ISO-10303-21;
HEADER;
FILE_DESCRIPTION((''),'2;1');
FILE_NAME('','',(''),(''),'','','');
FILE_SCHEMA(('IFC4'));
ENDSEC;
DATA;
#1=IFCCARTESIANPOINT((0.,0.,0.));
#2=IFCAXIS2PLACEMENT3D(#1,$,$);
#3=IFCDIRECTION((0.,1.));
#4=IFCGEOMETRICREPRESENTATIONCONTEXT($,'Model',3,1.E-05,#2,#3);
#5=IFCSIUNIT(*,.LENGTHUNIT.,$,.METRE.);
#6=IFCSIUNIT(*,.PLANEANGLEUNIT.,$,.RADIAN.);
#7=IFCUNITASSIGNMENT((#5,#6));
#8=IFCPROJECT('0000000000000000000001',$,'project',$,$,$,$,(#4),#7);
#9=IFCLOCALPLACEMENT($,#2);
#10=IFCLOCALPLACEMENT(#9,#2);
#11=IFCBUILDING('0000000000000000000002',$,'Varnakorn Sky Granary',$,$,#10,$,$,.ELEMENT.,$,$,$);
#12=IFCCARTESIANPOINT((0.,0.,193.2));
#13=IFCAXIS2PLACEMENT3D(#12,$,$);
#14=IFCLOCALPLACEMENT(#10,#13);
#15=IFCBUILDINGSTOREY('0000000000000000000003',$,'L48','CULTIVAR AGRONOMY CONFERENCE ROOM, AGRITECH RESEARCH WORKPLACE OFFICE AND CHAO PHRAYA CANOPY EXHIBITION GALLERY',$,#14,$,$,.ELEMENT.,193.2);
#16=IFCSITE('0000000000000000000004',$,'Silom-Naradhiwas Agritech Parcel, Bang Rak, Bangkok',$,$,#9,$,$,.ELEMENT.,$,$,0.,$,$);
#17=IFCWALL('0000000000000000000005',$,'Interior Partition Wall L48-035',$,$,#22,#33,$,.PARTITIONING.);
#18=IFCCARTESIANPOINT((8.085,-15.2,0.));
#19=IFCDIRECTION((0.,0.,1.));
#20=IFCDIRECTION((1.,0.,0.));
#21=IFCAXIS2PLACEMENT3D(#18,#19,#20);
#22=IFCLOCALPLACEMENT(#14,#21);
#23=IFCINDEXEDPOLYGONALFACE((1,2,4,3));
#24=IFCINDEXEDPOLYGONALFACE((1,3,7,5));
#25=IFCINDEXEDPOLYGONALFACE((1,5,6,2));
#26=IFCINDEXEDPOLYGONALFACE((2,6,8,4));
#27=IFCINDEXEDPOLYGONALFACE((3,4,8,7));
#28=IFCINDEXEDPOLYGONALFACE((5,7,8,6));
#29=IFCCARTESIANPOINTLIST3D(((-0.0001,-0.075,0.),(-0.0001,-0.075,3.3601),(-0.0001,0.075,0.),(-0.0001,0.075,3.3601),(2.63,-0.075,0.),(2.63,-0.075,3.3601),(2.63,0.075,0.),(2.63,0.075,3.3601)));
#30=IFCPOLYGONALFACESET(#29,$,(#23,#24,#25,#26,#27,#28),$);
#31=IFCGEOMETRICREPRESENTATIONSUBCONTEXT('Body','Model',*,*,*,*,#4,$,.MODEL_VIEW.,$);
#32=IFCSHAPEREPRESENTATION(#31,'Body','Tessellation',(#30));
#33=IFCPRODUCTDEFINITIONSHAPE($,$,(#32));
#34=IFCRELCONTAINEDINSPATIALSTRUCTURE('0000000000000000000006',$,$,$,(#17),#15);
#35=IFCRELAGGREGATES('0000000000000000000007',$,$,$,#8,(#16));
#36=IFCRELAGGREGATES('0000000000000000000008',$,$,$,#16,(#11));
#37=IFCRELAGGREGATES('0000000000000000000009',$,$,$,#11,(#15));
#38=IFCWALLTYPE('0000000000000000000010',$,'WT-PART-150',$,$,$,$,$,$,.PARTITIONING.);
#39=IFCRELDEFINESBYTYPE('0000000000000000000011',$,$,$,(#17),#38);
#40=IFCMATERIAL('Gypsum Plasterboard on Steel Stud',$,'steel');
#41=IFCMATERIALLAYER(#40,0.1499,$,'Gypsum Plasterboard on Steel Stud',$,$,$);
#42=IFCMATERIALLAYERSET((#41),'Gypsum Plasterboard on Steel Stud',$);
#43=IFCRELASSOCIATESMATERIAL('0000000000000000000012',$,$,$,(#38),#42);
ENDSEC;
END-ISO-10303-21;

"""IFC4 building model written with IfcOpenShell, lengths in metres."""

from ifc_helpers import new_model, si_unit, direction, frame, frame_2d, origin, place, context, subcontext, project, spatial, rectangle, extrude, material, layer, layer_set, type_object, element, save


model = new_model("IFC4")

# Units and contexts
model_context = context("Model", 3, precision=1e-05, world=origin(), true_north=direction((0.0, 1.0)))
body_context = subcontext(model_context, "Body", "Model", "MODEL_VIEW")
ifc_project = project(units=[si_unit("LENGTHUNIT", "METRE"), si_unit("PLANEANGLEUNIT", "RADIAN")], contexts=[model_context])

# Site, building, storey
site_placement = place(None, origin())
site = spatial("IfcSite", under=ifc_project, at=site_placement, Name="Silom-Naradhiwas Agritech Parcel, Bang Rak, Bangkok", CompositionType="ELEMENT", RefElevation=0.0)
building_placement = place(site_placement, origin())
building = spatial("IfcBuilding", under=site, at=building_placement, Name="Varnakorn Sky Granary", CompositionType="ELEMENT")
storey_placement = place(building_placement, frame((0.0, 0.0, 193.2)))
storey = spatial("IfcBuildingStorey", under=building, at=storey_placement, Name="L48", Description="CULTIVAR AGRONOMY CONFERENCE ROOM, AGRITECH RESEARCH WORKPLACE OFFICE AND CHAO PHRAYA CANOPY EXHIBITION GALLERY", CompositionType="ELEMENT", Elevation=193.2)

# Shared definitions
ifc_material_1 = material(Name="Gypsum Plasterboard on Steel Stud", Category="steel")
ifc_layer_1 = layer(ifc_material_1, 0.1499, Name="Gypsum Plasterboard on Steel Stud")
ifc_layer_set_1 = layer_set([ifc_layer_1], Name="Gypsum Plasterboard on Steel Stud")
wall_type_1 = type_object("IfcWallType", Name="WT-PART-150", PredefinedType="PARTITIONING", material=ifc_layer_set_1)

# Wall
wall_1_placement = place(storey_placement, frame((8.085, -15.2, 0.0), z_axis=(0.0, 0.0, 1.0), x_axis=(1.0, 0.0, 0.0)))
element("IfcWall", 1, at=wall_1_placement, inside=storey, type_object=wall_type_1, Name="Interior Partition Wall L48-035", PredefinedType="PARTITIONING", context=body_context, shape_type="SweptSolid", body=[
    extrude(rectangle(XDim=2.6301, YDim=0.1499, at=frame_2d((1.3149, 0.0))), origin(), (0.0, 0.0, 1.0), 3.3601),
])

save(model, "model.ifc")
